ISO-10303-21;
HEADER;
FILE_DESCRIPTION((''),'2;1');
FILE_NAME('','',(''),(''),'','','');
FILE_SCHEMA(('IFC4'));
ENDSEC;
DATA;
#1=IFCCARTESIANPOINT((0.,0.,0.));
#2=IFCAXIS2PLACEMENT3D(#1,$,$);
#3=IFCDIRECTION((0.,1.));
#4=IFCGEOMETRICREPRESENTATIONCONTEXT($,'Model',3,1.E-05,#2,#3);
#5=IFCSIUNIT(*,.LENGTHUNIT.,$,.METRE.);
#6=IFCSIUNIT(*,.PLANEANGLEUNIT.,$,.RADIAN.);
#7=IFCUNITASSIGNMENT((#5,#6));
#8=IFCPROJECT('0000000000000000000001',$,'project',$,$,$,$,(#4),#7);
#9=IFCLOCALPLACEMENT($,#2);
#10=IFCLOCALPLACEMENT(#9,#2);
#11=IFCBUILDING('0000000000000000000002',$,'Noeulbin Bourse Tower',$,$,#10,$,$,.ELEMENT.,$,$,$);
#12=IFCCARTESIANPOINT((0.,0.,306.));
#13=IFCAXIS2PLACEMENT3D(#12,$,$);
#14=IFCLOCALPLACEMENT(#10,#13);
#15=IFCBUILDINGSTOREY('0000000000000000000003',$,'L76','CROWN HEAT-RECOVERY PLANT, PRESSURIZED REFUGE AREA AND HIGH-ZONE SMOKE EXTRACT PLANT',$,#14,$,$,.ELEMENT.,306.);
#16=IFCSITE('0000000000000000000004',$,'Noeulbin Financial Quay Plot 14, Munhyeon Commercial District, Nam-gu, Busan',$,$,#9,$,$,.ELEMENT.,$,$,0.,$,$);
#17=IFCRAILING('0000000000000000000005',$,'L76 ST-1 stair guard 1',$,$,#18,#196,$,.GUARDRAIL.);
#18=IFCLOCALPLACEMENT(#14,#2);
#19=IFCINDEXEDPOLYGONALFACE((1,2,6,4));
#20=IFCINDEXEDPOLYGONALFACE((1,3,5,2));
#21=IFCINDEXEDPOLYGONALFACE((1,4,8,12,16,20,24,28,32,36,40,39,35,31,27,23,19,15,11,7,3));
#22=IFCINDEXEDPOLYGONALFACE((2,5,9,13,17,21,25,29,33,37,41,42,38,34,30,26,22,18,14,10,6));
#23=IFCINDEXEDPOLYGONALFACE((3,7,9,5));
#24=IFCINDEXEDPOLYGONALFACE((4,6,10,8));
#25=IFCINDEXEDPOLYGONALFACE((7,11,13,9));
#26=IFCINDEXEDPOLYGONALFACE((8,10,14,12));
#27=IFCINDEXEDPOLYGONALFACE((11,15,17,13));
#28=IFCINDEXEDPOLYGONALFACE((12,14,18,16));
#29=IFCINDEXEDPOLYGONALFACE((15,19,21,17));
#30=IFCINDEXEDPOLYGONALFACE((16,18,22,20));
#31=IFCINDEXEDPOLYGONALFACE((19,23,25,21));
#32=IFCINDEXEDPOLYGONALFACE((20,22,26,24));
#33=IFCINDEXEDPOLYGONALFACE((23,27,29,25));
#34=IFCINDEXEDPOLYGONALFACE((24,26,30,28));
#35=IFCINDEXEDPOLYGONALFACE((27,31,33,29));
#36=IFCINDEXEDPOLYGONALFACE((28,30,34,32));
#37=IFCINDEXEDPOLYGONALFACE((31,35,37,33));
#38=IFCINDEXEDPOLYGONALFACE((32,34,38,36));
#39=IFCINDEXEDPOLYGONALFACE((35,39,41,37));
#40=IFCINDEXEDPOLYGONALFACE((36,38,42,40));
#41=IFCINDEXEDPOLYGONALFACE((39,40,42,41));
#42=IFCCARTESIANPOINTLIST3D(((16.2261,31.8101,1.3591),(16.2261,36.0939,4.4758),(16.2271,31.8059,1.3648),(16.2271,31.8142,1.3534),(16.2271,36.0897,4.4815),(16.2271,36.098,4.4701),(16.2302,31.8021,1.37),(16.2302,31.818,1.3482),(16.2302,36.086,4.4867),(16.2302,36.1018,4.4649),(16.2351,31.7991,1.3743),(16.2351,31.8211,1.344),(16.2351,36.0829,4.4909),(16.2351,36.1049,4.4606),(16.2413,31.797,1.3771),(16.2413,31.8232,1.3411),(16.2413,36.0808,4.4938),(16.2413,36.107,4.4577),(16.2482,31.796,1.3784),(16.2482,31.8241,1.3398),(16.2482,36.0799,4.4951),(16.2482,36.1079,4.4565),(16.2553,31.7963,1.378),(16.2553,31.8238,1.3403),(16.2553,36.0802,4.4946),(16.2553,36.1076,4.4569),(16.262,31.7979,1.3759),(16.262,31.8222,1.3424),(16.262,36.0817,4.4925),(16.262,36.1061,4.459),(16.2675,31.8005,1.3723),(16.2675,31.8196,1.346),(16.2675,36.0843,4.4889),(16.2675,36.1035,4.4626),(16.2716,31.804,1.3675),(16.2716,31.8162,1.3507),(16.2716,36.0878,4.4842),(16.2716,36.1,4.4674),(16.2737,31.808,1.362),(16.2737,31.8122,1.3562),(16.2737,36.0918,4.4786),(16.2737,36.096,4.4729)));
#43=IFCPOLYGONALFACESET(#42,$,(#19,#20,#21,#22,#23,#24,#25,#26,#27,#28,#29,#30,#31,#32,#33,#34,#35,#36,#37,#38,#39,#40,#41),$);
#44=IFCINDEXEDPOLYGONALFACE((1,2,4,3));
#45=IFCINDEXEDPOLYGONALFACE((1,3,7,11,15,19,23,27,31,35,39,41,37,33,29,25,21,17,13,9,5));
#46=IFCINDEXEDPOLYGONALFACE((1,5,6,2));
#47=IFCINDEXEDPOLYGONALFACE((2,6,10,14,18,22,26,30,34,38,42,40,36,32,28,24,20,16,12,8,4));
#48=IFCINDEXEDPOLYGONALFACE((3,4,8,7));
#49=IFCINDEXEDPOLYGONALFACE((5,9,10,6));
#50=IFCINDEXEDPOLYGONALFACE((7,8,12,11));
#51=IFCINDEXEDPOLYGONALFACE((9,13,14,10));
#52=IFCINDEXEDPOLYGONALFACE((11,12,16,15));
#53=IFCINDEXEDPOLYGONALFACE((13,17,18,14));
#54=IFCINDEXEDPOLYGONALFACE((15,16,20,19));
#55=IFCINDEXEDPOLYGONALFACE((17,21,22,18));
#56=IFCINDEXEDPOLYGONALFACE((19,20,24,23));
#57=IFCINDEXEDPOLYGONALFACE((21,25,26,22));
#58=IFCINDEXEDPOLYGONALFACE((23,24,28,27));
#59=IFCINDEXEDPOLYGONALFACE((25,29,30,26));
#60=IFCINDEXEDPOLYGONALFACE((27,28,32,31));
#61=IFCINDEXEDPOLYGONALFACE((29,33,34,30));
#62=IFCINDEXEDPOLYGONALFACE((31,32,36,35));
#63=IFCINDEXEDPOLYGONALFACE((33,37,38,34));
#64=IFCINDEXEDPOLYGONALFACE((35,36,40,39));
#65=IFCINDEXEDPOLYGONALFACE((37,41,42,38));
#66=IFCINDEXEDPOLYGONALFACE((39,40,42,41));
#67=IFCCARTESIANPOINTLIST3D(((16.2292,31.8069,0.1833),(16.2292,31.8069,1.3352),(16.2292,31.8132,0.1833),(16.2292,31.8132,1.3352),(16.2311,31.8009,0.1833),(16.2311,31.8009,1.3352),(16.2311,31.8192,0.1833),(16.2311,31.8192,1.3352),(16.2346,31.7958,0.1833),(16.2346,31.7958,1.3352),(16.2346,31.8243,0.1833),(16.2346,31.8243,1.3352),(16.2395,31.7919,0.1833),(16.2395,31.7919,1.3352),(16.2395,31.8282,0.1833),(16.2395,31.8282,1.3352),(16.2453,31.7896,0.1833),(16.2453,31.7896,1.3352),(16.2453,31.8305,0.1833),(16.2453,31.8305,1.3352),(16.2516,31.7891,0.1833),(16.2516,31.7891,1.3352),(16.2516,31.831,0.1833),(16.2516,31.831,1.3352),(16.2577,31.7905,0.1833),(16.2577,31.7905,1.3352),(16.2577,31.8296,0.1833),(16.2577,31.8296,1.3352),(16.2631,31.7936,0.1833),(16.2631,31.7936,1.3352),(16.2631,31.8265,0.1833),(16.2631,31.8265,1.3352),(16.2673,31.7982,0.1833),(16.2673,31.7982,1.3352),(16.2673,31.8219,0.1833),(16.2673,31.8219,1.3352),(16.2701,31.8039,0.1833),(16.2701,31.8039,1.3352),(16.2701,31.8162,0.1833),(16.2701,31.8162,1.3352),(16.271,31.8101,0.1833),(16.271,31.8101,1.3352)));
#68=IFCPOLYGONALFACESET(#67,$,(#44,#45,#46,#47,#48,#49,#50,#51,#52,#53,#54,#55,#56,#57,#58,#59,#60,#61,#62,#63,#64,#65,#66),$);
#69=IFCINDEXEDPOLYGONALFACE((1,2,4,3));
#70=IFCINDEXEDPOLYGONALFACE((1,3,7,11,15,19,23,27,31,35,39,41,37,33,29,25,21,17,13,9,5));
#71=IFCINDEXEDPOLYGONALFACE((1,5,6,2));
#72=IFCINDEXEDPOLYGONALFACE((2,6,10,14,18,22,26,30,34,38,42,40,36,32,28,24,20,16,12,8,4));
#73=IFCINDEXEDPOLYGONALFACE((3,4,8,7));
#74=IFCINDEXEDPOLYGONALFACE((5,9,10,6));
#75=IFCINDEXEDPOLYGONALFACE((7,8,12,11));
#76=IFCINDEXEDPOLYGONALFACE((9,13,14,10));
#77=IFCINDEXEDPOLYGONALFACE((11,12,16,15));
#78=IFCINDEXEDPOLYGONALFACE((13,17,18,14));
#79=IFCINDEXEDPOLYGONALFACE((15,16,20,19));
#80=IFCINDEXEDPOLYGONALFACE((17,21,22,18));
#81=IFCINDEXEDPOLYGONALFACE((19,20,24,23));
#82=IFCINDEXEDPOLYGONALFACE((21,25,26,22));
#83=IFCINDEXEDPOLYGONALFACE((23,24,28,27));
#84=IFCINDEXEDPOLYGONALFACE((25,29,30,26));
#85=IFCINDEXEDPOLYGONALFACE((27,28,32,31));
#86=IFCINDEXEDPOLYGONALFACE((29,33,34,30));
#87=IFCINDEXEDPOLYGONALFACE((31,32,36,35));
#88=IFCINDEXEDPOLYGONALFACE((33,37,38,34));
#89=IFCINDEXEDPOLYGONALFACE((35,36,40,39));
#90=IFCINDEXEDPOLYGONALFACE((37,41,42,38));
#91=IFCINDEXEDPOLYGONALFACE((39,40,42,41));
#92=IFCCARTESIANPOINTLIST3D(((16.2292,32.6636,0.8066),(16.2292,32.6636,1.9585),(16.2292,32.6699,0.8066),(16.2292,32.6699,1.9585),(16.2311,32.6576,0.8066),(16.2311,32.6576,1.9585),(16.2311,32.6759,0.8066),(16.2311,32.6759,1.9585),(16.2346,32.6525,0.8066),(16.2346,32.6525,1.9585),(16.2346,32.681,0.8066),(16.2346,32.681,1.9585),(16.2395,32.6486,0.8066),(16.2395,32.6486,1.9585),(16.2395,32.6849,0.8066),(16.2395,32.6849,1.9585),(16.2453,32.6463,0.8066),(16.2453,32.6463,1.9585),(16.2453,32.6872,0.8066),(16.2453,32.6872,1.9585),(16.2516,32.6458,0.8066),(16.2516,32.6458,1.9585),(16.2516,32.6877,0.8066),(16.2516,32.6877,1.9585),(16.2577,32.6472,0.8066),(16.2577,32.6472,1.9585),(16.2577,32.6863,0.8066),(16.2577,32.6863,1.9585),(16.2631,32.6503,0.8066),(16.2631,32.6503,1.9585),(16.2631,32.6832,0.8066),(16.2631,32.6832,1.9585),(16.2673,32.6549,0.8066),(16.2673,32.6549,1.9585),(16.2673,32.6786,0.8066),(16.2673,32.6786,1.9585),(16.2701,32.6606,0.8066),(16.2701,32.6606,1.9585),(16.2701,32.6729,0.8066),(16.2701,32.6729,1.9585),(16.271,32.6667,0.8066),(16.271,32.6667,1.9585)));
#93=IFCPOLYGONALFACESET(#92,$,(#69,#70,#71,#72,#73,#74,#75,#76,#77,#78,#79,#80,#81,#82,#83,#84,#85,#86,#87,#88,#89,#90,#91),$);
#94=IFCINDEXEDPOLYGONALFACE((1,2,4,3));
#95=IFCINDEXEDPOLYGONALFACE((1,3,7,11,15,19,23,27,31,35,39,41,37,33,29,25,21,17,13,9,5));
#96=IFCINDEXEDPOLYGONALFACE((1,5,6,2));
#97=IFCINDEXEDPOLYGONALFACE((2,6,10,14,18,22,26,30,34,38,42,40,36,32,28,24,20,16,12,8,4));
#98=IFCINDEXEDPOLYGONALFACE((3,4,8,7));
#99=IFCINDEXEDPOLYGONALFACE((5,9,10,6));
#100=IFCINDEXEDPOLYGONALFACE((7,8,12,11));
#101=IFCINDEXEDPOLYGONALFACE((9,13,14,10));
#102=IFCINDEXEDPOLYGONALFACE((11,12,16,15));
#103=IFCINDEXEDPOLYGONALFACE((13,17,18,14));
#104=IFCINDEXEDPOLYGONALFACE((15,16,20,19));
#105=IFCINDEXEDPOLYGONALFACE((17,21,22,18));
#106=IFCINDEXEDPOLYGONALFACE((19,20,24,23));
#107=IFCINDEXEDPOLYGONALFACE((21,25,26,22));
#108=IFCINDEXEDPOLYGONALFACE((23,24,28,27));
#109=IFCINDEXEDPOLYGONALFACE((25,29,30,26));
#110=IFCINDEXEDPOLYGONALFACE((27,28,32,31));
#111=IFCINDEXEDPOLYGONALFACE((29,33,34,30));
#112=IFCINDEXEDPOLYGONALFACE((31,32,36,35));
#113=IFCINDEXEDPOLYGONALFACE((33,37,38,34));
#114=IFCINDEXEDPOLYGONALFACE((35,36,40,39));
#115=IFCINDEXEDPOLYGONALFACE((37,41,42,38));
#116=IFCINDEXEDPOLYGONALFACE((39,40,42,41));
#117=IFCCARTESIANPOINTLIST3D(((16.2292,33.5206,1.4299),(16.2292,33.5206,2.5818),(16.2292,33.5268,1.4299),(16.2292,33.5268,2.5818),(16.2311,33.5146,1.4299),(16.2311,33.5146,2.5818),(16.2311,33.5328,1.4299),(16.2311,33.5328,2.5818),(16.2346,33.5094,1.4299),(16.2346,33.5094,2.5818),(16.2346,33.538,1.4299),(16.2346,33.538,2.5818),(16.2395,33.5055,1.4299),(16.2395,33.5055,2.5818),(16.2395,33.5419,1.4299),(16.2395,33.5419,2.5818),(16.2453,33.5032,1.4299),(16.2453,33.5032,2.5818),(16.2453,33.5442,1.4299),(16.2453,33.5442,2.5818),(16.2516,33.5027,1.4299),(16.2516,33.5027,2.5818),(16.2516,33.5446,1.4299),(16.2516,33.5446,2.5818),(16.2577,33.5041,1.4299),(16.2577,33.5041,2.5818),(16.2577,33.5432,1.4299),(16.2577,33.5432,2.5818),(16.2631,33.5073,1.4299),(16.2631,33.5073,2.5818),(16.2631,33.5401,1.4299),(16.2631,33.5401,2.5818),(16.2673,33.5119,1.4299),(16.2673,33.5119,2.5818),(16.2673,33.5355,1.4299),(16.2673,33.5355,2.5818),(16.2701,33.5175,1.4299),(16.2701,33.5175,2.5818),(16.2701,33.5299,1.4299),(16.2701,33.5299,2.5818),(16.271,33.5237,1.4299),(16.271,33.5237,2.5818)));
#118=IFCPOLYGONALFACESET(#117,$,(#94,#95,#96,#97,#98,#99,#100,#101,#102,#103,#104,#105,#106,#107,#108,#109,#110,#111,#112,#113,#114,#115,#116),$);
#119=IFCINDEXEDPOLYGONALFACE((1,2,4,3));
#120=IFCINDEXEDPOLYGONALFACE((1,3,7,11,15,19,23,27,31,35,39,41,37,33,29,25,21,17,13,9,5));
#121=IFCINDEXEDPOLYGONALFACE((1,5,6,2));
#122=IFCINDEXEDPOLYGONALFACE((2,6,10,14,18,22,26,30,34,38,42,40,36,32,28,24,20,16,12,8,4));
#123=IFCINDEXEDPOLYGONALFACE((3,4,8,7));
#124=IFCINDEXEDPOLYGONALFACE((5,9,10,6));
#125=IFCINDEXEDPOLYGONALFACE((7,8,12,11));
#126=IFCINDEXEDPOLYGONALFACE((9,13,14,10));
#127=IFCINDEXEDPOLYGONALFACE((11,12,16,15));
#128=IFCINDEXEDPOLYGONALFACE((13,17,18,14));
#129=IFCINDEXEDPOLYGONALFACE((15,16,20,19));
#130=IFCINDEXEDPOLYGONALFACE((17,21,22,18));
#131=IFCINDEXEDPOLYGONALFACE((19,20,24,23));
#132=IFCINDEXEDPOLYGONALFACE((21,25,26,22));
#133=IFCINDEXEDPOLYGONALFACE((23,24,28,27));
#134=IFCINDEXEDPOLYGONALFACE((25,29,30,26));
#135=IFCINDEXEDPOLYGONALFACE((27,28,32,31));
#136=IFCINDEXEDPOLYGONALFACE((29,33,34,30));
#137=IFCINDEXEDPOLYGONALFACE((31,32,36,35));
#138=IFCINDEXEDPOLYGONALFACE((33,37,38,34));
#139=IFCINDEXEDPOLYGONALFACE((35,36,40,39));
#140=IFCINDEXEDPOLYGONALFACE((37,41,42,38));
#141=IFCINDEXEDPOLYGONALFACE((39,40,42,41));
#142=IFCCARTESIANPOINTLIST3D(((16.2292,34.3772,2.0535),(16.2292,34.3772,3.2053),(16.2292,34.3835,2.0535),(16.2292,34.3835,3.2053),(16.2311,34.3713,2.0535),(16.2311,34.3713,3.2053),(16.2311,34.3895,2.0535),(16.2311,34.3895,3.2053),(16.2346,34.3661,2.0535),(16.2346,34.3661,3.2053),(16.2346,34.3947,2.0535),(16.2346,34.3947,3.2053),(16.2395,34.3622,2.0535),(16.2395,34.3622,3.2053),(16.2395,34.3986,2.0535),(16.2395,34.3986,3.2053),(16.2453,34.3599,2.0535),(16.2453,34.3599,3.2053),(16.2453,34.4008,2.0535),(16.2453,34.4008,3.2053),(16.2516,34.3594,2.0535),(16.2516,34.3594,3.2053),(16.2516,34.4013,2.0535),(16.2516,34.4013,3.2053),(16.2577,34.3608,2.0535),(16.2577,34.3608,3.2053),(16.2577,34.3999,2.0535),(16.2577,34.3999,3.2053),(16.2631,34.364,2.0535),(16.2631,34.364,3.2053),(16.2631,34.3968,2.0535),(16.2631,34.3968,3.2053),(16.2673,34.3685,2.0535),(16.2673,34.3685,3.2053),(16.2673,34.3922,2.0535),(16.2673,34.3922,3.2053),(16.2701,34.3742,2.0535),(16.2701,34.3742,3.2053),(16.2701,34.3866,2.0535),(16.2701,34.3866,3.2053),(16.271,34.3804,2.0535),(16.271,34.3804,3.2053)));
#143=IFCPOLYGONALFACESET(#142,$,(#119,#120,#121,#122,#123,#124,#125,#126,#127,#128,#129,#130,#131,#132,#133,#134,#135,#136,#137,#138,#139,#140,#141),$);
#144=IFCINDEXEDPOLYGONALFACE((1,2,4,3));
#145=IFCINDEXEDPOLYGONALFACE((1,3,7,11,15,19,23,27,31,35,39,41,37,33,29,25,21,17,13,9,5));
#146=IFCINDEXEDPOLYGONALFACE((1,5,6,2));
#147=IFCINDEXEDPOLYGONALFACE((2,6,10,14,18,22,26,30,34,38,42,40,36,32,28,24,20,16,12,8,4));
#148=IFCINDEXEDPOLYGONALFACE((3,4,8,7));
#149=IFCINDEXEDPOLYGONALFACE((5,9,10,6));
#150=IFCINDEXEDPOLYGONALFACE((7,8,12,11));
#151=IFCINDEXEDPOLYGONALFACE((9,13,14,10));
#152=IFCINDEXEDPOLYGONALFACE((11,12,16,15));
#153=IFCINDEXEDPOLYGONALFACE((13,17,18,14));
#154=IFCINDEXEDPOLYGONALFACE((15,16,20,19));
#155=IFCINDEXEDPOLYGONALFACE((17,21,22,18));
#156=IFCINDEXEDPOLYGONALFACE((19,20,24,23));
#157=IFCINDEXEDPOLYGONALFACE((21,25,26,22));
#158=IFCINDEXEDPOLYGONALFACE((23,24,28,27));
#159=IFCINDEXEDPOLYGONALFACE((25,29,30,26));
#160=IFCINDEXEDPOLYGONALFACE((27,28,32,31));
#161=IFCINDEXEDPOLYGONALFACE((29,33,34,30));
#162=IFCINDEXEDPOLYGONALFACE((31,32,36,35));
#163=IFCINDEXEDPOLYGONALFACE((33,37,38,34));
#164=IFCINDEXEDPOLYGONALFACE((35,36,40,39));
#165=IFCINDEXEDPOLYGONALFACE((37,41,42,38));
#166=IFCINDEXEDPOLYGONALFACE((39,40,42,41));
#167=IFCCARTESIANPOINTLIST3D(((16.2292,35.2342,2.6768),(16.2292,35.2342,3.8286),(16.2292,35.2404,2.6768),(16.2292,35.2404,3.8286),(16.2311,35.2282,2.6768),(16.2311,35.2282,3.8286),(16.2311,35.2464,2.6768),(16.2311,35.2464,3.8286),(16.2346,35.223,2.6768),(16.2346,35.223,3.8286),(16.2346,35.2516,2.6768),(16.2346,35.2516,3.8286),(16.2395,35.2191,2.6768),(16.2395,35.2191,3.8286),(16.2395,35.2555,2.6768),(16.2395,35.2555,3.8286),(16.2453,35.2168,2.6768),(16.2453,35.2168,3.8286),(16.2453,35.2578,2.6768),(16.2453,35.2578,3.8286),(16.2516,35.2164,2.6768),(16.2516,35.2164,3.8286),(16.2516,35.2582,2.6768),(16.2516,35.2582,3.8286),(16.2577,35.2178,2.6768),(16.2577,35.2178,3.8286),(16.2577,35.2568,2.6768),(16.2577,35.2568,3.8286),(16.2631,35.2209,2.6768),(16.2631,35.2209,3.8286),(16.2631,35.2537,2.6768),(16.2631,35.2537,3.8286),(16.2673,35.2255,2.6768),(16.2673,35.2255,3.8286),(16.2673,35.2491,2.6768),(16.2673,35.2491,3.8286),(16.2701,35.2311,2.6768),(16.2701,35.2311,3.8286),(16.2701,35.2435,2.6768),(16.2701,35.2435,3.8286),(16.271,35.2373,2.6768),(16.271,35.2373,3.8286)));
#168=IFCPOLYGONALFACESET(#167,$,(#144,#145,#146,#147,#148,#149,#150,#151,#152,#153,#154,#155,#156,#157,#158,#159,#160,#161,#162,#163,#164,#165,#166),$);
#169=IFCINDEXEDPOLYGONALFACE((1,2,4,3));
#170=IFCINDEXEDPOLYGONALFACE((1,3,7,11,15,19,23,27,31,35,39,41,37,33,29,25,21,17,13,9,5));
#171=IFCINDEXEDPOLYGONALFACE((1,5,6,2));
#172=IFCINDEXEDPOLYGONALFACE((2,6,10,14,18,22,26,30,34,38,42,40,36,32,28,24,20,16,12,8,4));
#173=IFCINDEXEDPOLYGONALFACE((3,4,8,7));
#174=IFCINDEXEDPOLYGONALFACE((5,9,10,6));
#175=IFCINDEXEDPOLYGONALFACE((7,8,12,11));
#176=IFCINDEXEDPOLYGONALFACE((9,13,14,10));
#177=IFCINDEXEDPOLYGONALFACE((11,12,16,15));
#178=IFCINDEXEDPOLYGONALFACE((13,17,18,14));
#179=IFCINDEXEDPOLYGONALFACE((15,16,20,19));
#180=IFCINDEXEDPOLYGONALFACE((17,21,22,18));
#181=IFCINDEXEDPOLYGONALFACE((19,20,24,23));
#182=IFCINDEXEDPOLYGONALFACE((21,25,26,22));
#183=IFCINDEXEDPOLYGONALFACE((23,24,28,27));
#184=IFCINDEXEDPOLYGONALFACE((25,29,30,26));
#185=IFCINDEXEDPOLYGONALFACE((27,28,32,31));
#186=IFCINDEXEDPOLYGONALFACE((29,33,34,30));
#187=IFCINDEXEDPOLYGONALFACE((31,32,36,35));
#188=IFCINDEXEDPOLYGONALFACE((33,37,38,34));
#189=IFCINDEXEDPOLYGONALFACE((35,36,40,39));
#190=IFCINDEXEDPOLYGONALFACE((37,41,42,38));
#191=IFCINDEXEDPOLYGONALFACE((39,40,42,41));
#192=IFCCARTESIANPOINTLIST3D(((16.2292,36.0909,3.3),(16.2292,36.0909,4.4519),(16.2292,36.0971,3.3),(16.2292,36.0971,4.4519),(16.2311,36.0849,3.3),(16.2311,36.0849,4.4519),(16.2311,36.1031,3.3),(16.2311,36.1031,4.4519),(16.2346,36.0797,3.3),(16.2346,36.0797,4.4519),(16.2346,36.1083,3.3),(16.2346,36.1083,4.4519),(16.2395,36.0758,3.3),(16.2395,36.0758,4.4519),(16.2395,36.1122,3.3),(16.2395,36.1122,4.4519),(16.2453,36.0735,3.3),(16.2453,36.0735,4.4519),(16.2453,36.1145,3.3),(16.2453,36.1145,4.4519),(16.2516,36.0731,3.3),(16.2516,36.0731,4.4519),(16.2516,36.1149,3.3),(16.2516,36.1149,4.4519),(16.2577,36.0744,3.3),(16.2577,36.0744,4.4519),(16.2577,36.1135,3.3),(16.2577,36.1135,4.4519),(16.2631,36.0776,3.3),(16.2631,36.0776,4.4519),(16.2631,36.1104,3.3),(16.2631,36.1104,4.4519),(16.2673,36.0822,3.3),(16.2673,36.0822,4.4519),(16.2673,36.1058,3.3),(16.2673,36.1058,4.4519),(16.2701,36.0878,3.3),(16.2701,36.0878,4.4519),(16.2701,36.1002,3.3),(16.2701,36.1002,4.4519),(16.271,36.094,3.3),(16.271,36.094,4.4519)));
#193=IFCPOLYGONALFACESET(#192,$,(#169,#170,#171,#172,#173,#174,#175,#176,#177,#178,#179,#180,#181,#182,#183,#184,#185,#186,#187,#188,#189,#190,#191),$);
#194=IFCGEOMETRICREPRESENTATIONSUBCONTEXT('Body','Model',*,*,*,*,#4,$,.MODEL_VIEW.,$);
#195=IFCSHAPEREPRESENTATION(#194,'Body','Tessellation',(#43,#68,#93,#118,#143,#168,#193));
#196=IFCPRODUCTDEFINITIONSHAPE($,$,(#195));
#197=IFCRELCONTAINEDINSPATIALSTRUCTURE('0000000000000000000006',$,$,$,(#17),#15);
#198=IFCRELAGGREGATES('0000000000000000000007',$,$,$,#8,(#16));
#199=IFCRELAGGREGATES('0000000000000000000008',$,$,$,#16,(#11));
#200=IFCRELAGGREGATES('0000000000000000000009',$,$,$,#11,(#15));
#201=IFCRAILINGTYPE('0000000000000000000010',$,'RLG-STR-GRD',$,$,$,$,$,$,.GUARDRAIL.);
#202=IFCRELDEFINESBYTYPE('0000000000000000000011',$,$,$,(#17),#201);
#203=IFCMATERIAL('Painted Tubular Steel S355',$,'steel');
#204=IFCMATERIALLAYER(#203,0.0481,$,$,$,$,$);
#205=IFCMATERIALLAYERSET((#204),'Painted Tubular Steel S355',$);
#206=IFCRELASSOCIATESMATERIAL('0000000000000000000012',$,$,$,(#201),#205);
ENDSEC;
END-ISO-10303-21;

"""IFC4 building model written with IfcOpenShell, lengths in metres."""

from ifc_helpers import new_model, si_unit, direction, frame, origin, origin_2d, place, context, subcontext, project, spatial, circle, extrude, material, layer, layer_set, type_object, element, save


model = new_model("IFC4")

# Units and contexts
model_context = context("Model", 3, precision=1e-05, world=origin(), true_north=direction((0.0, 1.0)))
body_context = subcontext(model_context, "Body", "Model", "MODEL_VIEW")
ifc_project = project(units=[si_unit("LENGTHUNIT", "METRE"), si_unit("PLANEANGLEUNIT", "RADIAN")], contexts=[model_context])

# Site, building, storey
site_placement = place(None, origin())
site = spatial("IfcSite", under=ifc_project, at=site_placement, Name="Noeulbin Financial Quay Plot 14, Munhyeon Commercial District, Nam-gu, Busan", CompositionType="ELEMENT", RefElevation=0.0)
building_placement = place(site_placement, origin())
building = spatial("IfcBuilding", under=site, at=building_placement, Name="Noeulbin Bourse Tower", CompositionType="ELEMENT")
storey_placement = place(building_placement, frame((0.0, 0.0, 306.0)))
storey = spatial("IfcBuildingStorey", under=building, at=storey_placement, Name="L76", Description="CROWN HEAT-RECOVERY PLANT, PRESSURIZED REFUGE AREA AND HIGH-ZONE SMOKE EXTRACT PLANT", CompositionType="ELEMENT", Elevation=306.0)

# Railing
ifc_material_1 = material(Name="Painted Tubular Steel S355", Category="steel")
ifc_layer_1 = layer(ifc_material_1, 0.0481)
ifc_layer_set_1 = layer_set([ifc_layer_1], Name="Painted Tubular Steel S355")
railing_type_1 = type_object("IfcRailingType", Name="RLG-STR-GRD", PredefinedType="GUARDRAIL", material=ifc_layer_set_1)
railing_1_placement = place(storey_placement, frame((16.25, 31.8101, 0.1833)))
element("IfcRailing", 1, at=railing_1_placement, inside=storey, type_object=railing_type_1, Name="L76 ST-1 stair guard 1", PredefinedType="GUARDRAIL", context=body_context, shape_type="SweptSolid", body=[
    extrude(circle(Radius=0.0239, at=origin_2d()), frame((0.0, 0.0, 1.1758), z_axis=(0.0, 0.808636, 0.588309), x_axis=(-1.0, 0.0, 0.0)), (0.0, 0.0, 1.0), 5.2976),
    extrude(circle(Radius=0.021, at=origin_2d()), origin(), (0.0, 0.0, 1.0), 1.1519),
    extrude(circle(Radius=0.021, at=origin_2d()), frame((0.0, 0.8567, 0.6233)), (0.0, 0.0, 1.0), 1.1519),
    extrude(circle(Radius=0.021, at=origin_2d()), frame((0.0, 1.7136, 1.2466)), (0.0, 0.0, 1.0), 1.1519),
    extrude(circle(Radius=0.021, at=origin_2d()), frame((0.0, 2.5703, 1.8701)), (0.0, 0.0, 1.0), 1.1519),
    extrude(circle(Radius=0.021, at=origin_2d()), frame((0.0, 3.4272, 2.4934)), (0.0, 0.0, 1.0), 1.1519),
    extrude(circle(Radius=0.021, at=origin_2d()), frame((0.0, 4.2839, 3.1167)), (0.0, 0.0, 1.0), 1.1519),
])

save(model, "model.ifc")
